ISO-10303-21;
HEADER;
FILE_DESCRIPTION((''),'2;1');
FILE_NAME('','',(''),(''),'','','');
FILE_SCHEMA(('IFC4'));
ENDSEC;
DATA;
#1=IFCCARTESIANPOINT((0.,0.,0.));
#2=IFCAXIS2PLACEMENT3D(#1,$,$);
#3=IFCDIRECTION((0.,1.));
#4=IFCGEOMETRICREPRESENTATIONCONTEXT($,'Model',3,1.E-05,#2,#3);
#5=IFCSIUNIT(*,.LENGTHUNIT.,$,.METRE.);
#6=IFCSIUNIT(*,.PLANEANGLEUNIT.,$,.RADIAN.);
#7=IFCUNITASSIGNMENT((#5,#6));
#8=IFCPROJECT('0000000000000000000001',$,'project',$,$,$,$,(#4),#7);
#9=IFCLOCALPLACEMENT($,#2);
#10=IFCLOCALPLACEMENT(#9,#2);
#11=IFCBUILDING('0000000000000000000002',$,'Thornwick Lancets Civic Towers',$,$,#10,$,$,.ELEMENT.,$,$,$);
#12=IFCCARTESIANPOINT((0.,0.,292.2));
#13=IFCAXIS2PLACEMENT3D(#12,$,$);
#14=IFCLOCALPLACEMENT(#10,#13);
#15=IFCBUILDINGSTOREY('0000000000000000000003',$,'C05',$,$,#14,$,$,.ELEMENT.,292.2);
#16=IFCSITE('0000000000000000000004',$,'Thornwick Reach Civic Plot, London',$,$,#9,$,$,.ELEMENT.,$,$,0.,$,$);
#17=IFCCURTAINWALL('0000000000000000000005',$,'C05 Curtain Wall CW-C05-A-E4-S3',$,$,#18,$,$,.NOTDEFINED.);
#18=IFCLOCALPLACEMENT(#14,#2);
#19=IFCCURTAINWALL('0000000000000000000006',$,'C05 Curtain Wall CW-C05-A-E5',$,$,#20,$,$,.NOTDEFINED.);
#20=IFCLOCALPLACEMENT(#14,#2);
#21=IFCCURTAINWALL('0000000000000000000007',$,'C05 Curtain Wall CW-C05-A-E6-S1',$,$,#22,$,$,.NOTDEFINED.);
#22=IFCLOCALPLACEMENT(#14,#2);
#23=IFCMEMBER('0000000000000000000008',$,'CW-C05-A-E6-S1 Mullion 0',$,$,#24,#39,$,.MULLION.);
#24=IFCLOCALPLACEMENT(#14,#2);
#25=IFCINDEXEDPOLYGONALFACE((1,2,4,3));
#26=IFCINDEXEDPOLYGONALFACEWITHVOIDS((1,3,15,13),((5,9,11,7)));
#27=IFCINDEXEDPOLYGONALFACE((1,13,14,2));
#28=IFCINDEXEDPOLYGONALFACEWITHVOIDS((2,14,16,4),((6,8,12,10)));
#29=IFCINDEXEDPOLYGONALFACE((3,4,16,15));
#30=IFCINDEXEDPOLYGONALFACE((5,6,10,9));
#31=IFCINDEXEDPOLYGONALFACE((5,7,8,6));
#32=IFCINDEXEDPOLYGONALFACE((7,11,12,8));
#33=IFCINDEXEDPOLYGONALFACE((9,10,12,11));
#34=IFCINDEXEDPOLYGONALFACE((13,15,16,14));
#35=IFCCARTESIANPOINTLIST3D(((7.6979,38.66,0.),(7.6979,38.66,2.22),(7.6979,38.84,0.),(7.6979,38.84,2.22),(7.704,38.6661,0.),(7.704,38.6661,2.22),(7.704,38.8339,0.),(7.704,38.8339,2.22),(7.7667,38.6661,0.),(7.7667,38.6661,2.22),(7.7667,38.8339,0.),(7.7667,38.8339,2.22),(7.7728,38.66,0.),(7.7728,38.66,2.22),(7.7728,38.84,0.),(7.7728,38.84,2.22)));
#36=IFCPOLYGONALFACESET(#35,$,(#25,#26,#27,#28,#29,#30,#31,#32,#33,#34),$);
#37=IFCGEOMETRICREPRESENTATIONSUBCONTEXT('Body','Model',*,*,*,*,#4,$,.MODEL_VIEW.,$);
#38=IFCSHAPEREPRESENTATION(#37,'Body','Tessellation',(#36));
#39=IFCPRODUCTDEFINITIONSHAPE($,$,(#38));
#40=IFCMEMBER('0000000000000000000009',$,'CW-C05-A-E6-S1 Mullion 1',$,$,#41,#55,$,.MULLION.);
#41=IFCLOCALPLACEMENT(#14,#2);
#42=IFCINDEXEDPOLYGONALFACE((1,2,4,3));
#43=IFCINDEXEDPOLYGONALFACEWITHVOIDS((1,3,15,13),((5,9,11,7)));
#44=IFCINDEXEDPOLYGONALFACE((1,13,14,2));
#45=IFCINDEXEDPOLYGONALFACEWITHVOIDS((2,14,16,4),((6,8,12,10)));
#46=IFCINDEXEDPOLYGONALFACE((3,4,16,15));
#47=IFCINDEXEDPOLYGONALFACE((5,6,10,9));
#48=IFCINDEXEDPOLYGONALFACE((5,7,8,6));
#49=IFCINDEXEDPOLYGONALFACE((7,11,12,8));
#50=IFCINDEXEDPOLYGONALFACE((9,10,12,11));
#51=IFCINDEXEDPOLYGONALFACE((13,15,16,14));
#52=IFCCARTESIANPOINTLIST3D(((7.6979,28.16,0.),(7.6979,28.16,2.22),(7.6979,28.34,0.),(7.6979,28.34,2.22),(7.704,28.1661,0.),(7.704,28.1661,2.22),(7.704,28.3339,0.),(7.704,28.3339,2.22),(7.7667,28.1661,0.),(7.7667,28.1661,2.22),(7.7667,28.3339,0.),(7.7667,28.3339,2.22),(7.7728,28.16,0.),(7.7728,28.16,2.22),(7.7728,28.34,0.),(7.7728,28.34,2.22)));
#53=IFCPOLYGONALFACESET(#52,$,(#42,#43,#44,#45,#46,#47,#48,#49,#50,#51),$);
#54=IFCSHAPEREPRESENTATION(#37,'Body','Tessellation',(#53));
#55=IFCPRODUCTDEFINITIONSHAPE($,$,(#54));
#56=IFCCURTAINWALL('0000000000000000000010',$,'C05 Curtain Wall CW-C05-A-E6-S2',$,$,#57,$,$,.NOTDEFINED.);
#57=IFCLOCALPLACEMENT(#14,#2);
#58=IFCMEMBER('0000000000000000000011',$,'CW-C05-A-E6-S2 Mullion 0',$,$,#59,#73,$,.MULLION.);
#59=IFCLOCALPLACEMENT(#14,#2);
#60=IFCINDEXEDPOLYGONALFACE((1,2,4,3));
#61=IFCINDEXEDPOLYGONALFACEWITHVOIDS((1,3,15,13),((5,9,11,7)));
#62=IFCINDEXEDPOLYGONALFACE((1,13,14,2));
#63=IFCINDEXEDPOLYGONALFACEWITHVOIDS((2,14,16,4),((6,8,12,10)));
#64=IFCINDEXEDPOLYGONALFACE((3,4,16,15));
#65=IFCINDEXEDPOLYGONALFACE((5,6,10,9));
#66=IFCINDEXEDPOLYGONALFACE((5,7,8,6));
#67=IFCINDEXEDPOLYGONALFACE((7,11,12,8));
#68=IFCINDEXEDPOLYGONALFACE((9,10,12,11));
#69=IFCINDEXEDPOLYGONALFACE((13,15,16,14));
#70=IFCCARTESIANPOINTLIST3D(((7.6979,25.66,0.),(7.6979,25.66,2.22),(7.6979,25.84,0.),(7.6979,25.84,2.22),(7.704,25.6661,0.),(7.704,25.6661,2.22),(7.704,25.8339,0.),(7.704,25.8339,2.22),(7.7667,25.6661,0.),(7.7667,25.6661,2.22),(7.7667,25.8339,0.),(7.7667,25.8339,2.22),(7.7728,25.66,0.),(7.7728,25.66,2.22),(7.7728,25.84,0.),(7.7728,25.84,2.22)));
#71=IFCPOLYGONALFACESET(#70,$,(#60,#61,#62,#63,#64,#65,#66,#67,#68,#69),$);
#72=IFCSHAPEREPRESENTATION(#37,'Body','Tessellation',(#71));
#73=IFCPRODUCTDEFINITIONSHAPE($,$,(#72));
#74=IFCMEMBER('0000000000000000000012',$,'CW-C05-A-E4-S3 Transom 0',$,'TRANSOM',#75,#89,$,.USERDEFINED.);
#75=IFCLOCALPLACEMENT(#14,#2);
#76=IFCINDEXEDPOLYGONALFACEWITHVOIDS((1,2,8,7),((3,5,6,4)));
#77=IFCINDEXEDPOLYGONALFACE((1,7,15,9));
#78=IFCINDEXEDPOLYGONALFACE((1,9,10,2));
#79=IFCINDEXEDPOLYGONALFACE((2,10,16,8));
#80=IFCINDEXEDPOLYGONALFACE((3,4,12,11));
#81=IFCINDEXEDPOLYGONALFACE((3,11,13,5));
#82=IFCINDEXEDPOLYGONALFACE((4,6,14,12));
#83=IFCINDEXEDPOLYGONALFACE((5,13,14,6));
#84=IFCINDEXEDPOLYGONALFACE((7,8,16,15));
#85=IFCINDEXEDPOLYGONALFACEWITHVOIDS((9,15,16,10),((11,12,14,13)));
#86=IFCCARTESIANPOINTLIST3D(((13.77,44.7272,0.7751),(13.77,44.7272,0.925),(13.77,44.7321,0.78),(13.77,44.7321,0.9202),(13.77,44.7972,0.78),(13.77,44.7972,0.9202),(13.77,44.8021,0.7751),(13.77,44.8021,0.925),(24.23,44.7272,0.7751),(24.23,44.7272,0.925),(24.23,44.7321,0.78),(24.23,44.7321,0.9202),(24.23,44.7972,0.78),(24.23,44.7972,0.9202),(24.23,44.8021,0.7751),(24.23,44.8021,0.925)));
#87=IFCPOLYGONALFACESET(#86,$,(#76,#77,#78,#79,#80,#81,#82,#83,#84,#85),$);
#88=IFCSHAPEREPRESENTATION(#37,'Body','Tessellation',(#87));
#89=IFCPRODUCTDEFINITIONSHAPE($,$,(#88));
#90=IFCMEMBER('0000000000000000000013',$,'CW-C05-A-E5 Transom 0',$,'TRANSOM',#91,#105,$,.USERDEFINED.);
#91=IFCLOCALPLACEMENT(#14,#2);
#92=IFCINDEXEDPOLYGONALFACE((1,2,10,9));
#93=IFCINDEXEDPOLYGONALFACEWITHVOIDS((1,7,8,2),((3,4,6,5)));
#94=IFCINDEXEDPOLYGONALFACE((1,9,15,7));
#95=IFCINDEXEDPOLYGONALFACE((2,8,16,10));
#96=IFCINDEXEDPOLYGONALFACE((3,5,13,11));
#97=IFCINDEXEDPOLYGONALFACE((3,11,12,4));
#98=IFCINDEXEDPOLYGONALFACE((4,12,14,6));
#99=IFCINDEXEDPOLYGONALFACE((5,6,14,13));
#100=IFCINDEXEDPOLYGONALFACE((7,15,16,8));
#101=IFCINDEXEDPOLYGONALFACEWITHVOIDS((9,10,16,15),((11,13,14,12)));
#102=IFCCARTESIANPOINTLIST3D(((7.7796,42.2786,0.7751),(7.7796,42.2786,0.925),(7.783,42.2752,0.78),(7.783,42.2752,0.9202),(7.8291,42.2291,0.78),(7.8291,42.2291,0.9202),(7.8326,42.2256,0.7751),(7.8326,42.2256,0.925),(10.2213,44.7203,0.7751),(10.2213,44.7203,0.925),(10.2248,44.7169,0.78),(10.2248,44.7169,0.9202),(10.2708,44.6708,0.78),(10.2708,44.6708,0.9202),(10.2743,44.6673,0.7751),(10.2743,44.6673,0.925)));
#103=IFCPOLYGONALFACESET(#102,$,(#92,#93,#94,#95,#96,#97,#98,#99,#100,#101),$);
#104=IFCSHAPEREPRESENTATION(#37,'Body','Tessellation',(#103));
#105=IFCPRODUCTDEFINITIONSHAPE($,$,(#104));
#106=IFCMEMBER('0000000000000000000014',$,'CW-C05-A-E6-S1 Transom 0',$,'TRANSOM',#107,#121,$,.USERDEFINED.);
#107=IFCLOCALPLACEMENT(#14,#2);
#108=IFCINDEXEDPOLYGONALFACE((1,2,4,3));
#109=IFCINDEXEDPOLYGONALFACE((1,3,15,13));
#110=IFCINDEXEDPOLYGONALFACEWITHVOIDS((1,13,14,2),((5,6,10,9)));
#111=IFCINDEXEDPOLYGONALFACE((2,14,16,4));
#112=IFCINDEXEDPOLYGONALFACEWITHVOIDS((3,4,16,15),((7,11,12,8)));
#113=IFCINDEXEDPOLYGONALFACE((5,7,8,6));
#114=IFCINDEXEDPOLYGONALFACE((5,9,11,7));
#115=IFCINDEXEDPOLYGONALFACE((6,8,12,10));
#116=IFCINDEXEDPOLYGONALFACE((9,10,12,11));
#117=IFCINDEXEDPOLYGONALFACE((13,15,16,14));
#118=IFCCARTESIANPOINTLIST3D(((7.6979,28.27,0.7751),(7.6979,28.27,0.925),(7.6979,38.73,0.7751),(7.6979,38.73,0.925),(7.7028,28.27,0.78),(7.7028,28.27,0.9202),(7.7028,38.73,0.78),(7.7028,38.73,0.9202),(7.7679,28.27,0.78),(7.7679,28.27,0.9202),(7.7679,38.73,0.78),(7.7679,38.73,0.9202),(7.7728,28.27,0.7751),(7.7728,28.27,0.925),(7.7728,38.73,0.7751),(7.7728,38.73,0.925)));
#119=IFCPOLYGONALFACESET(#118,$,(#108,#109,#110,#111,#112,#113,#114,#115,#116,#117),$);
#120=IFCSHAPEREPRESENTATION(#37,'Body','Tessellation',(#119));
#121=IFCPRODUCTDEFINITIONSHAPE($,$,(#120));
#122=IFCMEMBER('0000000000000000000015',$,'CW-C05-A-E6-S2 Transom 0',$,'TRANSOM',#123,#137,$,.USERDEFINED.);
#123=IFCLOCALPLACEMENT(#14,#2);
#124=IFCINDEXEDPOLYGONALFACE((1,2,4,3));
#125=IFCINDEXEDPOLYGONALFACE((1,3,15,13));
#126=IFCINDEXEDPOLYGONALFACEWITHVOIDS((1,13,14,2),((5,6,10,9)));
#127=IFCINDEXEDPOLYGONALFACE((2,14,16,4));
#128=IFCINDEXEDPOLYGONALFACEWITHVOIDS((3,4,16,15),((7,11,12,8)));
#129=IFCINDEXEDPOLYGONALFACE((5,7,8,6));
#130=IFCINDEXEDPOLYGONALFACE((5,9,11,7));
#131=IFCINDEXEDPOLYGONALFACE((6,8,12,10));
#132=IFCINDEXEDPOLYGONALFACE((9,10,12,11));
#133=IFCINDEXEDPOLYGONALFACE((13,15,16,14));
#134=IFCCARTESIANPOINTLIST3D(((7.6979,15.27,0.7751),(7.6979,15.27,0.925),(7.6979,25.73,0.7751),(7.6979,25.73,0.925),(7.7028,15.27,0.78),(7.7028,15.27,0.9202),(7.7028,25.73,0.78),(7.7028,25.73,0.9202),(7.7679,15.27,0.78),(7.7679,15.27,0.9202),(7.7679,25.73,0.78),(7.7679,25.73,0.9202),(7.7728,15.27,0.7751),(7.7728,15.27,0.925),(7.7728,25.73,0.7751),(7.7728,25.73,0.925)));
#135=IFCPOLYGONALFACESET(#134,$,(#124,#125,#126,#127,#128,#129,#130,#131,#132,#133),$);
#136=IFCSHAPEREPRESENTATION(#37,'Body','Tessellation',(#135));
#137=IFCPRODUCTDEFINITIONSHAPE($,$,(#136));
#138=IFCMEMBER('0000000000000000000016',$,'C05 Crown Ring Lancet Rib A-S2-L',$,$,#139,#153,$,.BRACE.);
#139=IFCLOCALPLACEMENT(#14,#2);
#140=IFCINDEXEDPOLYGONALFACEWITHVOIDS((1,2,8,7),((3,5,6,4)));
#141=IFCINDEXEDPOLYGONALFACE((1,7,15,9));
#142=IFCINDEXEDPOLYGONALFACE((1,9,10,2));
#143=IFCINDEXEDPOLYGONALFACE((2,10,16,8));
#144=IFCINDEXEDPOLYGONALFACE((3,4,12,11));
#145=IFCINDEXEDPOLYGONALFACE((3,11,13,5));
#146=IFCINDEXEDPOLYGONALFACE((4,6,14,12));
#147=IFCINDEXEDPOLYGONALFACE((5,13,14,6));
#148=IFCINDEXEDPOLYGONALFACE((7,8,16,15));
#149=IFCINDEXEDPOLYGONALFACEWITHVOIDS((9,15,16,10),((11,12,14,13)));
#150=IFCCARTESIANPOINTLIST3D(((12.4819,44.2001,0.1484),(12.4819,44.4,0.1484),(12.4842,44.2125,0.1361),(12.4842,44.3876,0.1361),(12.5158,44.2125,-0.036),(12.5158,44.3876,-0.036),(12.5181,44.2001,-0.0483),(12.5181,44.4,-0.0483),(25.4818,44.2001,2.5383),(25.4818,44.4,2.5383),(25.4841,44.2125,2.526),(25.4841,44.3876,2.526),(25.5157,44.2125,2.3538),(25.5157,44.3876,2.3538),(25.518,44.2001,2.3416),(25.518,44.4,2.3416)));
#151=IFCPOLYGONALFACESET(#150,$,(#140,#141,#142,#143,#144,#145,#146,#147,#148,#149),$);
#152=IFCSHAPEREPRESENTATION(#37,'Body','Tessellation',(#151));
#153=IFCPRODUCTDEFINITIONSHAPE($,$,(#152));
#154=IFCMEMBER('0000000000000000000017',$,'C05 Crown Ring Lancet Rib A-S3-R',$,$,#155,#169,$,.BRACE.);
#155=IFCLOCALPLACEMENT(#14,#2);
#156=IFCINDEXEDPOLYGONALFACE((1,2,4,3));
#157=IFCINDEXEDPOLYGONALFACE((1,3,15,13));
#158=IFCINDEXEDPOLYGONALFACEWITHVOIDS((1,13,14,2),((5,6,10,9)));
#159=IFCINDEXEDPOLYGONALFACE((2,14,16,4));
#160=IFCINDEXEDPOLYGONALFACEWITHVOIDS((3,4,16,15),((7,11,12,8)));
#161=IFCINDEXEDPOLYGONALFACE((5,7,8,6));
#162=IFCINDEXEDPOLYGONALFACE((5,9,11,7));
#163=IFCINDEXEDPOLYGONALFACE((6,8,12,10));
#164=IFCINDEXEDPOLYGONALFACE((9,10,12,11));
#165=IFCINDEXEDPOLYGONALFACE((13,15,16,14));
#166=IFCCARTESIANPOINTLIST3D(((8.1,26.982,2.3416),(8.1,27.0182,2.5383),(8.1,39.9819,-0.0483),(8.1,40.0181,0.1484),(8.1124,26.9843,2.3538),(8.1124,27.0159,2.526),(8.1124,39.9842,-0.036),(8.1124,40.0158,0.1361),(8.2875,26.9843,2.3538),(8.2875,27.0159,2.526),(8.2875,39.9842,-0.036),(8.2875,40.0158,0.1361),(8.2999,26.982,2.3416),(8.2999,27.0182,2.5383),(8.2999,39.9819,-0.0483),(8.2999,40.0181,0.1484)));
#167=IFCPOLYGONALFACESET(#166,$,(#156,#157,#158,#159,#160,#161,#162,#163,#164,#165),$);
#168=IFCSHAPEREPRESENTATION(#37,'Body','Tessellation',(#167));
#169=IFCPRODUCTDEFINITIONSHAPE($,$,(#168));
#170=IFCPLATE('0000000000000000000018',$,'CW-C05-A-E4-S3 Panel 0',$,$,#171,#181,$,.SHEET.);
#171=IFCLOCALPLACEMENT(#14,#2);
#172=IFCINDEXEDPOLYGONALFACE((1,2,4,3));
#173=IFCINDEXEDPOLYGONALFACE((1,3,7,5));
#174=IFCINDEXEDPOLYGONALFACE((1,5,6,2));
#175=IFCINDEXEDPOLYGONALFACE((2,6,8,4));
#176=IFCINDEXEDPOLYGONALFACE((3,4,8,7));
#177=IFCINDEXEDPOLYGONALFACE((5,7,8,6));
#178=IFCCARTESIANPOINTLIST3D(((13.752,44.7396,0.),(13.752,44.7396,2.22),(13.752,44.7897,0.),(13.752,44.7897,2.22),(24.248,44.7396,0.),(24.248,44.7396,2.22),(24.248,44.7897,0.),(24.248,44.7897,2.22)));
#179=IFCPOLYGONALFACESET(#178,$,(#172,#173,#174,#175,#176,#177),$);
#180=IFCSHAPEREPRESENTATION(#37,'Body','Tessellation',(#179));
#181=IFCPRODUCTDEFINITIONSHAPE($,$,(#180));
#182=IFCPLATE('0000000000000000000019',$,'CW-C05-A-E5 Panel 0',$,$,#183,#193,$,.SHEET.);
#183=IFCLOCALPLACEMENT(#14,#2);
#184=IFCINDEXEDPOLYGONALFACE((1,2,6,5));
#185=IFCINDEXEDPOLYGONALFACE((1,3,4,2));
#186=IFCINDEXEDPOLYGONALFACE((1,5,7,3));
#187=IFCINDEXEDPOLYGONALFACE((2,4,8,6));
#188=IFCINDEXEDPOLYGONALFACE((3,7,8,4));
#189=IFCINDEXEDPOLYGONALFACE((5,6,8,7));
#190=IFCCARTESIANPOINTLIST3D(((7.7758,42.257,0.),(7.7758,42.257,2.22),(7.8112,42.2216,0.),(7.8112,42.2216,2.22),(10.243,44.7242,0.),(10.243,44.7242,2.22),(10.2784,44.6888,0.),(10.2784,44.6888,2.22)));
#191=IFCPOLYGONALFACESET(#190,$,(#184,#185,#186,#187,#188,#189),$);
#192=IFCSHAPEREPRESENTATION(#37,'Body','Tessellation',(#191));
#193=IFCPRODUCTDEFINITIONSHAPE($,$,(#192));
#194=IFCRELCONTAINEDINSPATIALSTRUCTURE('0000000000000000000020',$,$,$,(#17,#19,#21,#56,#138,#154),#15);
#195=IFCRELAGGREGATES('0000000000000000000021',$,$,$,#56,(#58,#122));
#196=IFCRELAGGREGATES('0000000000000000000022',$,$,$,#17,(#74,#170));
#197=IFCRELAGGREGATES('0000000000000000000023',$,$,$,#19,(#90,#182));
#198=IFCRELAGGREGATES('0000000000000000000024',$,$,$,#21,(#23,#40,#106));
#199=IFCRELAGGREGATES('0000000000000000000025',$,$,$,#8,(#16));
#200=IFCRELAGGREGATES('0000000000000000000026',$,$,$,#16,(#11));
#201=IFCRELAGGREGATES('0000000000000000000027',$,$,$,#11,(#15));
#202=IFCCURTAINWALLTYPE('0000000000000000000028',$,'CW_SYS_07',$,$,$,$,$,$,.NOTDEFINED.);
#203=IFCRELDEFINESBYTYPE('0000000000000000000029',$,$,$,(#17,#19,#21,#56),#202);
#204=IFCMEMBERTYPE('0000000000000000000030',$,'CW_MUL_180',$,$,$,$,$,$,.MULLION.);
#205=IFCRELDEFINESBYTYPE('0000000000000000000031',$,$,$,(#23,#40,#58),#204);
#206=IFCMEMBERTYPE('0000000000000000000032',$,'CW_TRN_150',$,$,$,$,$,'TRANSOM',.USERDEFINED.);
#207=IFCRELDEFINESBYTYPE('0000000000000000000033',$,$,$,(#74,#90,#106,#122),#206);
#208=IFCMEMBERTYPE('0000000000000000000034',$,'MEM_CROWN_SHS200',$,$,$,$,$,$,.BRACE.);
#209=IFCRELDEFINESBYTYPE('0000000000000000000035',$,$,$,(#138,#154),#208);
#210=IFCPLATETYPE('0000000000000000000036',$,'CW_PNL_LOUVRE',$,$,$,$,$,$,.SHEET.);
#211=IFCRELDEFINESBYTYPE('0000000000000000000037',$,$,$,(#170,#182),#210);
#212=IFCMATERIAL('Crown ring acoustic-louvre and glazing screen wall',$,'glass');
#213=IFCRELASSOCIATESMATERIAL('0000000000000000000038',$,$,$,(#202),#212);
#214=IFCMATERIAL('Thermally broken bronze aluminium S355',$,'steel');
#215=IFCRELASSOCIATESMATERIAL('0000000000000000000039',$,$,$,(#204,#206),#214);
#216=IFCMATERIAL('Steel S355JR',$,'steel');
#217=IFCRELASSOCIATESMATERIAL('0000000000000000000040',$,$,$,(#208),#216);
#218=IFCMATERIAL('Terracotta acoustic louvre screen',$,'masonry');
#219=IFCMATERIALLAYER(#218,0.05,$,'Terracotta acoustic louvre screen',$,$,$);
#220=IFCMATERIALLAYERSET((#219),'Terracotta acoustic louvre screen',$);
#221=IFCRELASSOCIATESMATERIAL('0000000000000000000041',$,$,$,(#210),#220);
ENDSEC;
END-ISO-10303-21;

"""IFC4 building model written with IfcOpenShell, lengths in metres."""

from ifc_helpers import new_model, si_unit, direction, frame, origin, origin_2d, place, context, subcontext, project, spatial, rectangle, hollow_rectangle, extrude, material, layer, layer_set, material_profile, profile_set, type_object, element, aggregate, save


model = new_model("IFC4")

# Units and contexts
model_context = context("Model", 3, precision=1e-05, world=origin(), true_north=direction((0.0, 1.0)))
body_context = subcontext(model_context, "Body", "Model", "MODEL_VIEW")
ifc_project = project(units=[si_unit("LENGTHUNIT", "METRE"), si_unit("PLANEANGLEUNIT", "RADIAN")], contexts=[model_context])

# Site, building, storey
site_placement = place(None, origin())
site = spatial("IfcSite", under=ifc_project, at=site_placement, Name="Thornwick Reach Civic Plot, London", CompositionType="ELEMENT", RefElevation=0.0)
building_placement = place(site_placement, origin())
building = spatial("IfcBuilding", under=site, at=building_placement, Name="Thornwick Lancets Civic Towers", CompositionType="ELEMENT")
storey_placement = place(building_placement, frame((0.0, 0.0, 292.2)))
storey = spatial("IfcBuildingStorey", under=building, at=storey_placement, Name="C05", CompositionType="ELEMENT", Elevation=292.2)

# Shared definitions
ifc_material_1 = material(Name="Steel S355JR", Category="steel")

# Curtain walls, members
ifc_material_2 = material(Name="Crown ring acoustic-louvre and glazing screen wall", Category="glass")
curtain_wall_type = type_object("IfcCurtainWallType", Name="CW_SYS_07", PredefinedType="NOTDEFINED", material=ifc_material_2)
curtain_wall_1_placement = place(storey_placement, origin())
curtain_wall_1 = element("IfcCurtainWall", 1, at=curtain_wall_1_placement, inside=storey, type_object=curtain_wall_type, Name="C05 Curtain Wall CW-C05-A-E4-S3", PredefinedType="NOTDEFINED")
ifc_material_3 = material(Name="Thermally broken bronze aluminium S355", Category="steel")
ifc_material_profile_1 = material_profile(ifc_material_3, hollow_rectangle(XDim=0.075, YDim=0.1799, WallThickness=0.0061, at=origin_2d()), Name="RHS 180x75x6")
ifc_profile_set_1 = profile_set([ifc_material_profile_1], Name="Thermally broken bronze aluminium S355")
member_type_1 = type_object("IfcMemberType", Name="CW_MUL_180", PredefinedType="MULLION", material=ifc_profile_set_1)
curtain_wall_2_placement = place(storey_placement, origin())
curtain_wall_2 = element("IfcCurtainWall", 2, at=curtain_wall_2_placement, inside=storey, type_object=curtain_wall_type, Name="C05 Curtain Wall CW-C05-A-E5", PredefinedType="NOTDEFINED")
curtain_wall_3_placement = place(storey_placement, origin())
curtain_wall_3 = element("IfcCurtainWall", 3, at=curtain_wall_3_placement, inside=storey, type_object=curtain_wall_type, Name="C05 Curtain Wall CW-C05-A-E6-S1", PredefinedType="NOTDEFINED")
member_1_placement = place(storey_placement, frame((7.7354, 38.75, 0.0), z_axis=(0.0, 0.0, 1.0), x_axis=(1.0, 0.0, 0.0)))
member_1 = element("IfcMember", 4, at=member_1_placement, type_object=member_type_1, Name="CW-C05-A-E6-S1 Mullion 0", PredefinedType="MULLION", context=body_context, shape_type="SweptSolid", body=[
    extrude(hollow_rectangle(XDim=0.075, YDim=0.1799, WallThickness=0.0061, at=origin_2d()), origin(), (0.0, 0.0, 1.0), 2.22),
])
member_2_placement = place(storey_placement, frame((7.7354, 28.25, 0.0), z_axis=(0.0, 0.0, 1.0), x_axis=(1.0, 0.0, 0.0)))
member_2 = element("IfcMember", 5, at=member_2_placement, type_object=member_type_1, Name="CW-C05-A-E6-S1 Mullion 1", PredefinedType="MULLION", context=body_context, shape_type="SweptSolid", body=[
    extrude(hollow_rectangle(XDim=0.075, YDim=0.1799, WallThickness=0.0061, at=origin_2d()), origin(), (0.0, 0.0, 1.0), 2.22),
])

# Curtain wall, member
curtain_wall_4_placement = place(storey_placement, origin())
curtain_wall_4 = element("IfcCurtainWall", 6, at=curtain_wall_4_placement, inside=storey, type_object=curtain_wall_type, Name="C05 Curtain Wall CW-C05-A-E6-S2", PredefinedType="NOTDEFINED")
member_3_placement = place(storey_placement, frame((7.7354, 25.75, 0.0), z_axis=(0.0, 0.0, 1.0), x_axis=(1.0, 0.0, 0.0)))
member_3 = element("IfcMember", 7, at=member_3_placement, type_object=member_type_1, Name="CW-C05-A-E6-S2 Mullion 0", PredefinedType="MULLION", context=body_context, shape_type="SweptSolid", body=[
    extrude(hollow_rectangle(XDim=0.075, YDim=0.1799, WallThickness=0.0061, at=origin_2d()), origin(), (0.0, 0.0, 1.0), 2.22),
])

# Members
ifc_material_profile_2 = material_profile(ifc_material_3, hollow_rectangle(XDim=0.075, YDim=0.1499, WallThickness=0.0049, at=origin_2d()), Name="RHS 150x75x5")
ifc_profile_set_2 = profile_set([ifc_material_profile_2], Name="Thermally broken bronze aluminium S355")
member_type_2 = type_object("IfcMemberType", Name="CW_TRN_150", ElementType="TRANSOM", PredefinedType="USERDEFINED", material=ifc_profile_set_2)
member_4_placement = place(storey_placement, frame((24.23, 44.7646, 0.8501), z_axis=(-1.0, 0.0, 0.0), x_axis=(0.0, -1.0, 0.0)))
member_4 = element("IfcMember", 8, at=member_4_placement, type_object=member_type_2, Name="CW-C05-A-E4-S3 Transom 0", ObjectType="TRANSOM", PredefinedType="USERDEFINED", context=body_context, shape_type="SweptSolid", body=[
    extrude(hollow_rectangle(XDim=0.075, YDim=0.1499, WallThickness=0.0049, at=origin_2d()), origin(), (0.0, 0.0, 1.0), 10.46),
])
member_5_placement = place(storey_placement, frame((10.2478, 44.6938, 0.8501), z_axis=(-0.707107, -0.707107, 0.0), x_axis=(0.707107, -0.707107, 0.0)))
member_5 = element("IfcMember", 9, at=member_5_placement, type_object=member_type_2, Name="CW-C05-A-E5 Transom 0", ObjectType="TRANSOM", PredefinedType="USERDEFINED", context=body_context, shape_type="SweptSolid", body=[
    extrude(hollow_rectangle(XDim=0.075, YDim=0.1499, WallThickness=0.0049, at=origin_2d()), origin(), (0.0, 0.0, 1.0), 3.4531),
])
member_6_placement = place(storey_placement, frame((7.7354, 38.73, 0.8501), z_axis=(0.0, -1.0, 0.0), x_axis=(1.0, 0.0, 0.0)))
member_6 = element("IfcMember", 10, at=member_6_placement, type_object=member_type_2, Name="CW-C05-A-E6-S1 Transom 0", ObjectType="TRANSOM", PredefinedType="USERDEFINED", context=body_context, shape_type="SweptSolid", body=[
    extrude(hollow_rectangle(XDim=0.075, YDim=0.1499, WallThickness=0.0049, at=origin_2d()), origin(), (0.0, 0.0, 1.0), 10.46),
])
member_7_placement = place(storey_placement, frame((7.7354, 25.73, 0.8501), z_axis=(0.0, -1.0, 0.0), x_axis=(1.0, 0.0, 0.0)))
member_7 = element("IfcMember", 11, at=member_7_placement, type_object=member_type_2, Name="CW-C05-A-E6-S2 Transom 0", ObjectType="TRANSOM", PredefinedType="USERDEFINED", context=body_context, shape_type="SweptSolid", body=[
    extrude(hollow_rectangle(XDim=0.075, YDim=0.1499, WallThickness=0.0049, at=origin_2d()), origin(), (0.0, 0.0, 1.0), 10.46),
])
aggregate(curtain_wall_4, [member_3, member_7])

# Members
ifc_material_profile_3 = material_profile(ifc_material_1, hollow_rectangle(XDim=0.2, YDim=0.2, WallThickness=0.0125, at=origin_2d()), Name="SHS 200x200x12.5")
ifc_profile_set_3 = profile_set([ifc_material_profile_3], Name="Steel S355JR")
member_type_3 = type_object("IfcMemberType", Name="MEM_CROWN_SHS200", PredefinedType="BRACE", material=ifc_profile_set_3)
for number, where, z_axis, x_axis, name in (
    (12, (12.5, 44.3, 0.05), (0.983518, 0.0, 0.180808), (0.0, 1.0, 0.0), "C05 Crown Ring Lancet Rib A-S2-L"),
    (13, (8.2, 40.0, 0.05), (0.0, -0.983518, 0.180808), (1.0, 0.0, 0.0), "C05 Crown Ring Lancet Rib A-S3-R"),
):
    element("IfcMember", number, at=place(storey_placement, frame(where, z_axis=z_axis, x_axis=x_axis)), inside=storey, type_object=member_type_3, Name=name, PredefinedType="BRACE", context=body_context, shape_type="SweptSolid", body=[
        extrude(hollow_rectangle(XDim=0.2, YDim=0.2, WallThickness=0.0125, at=origin_2d()), origin(), (0.0, 0.0, 1.0), 13.2178),
    ])

# Plates
ifc_material_4 = material(Name="Terracotta acoustic louvre screen", Category="masonry")
ifc_layer_1 = layer(ifc_material_4, 0.05, Name="Terracotta acoustic louvre screen")
ifc_layer_set_1 = layer_set([ifc_layer_1], Name="Terracotta acoustic louvre screen")
plate_type_1 = type_object("IfcPlateType", Name="CW_PNL_LOUVRE", PredefinedType="SHEET", material=ifc_layer_set_1)
plate_1_placement = place(storey_placement, frame((19.0, 44.7646, 0.0), z_axis=(0.0, 0.0, 1.0), x_axis=(-1.0, 0.0, 0.0)))
plate_1 = element("IfcPlate", 14, at=plate_1_placement, type_object=plate_type_1, Name="CW-C05-A-E4-S3 Panel 0", PredefinedType="SHEET", context=body_context, shape_type="SweptSolid", body=[
    extrude(rectangle(XDim=10.4961, YDim=0.05, at=origin_2d()), origin(), (0.0, 0.0, 1.0), 2.22),
])
aggregate(curtain_wall_1, [member_4, plate_1])
plate_2_placement = place(storey_placement, frame((9.0271, 43.4729, 0.0), z_axis=(0.0, 0.0, 1.0), x_axis=(-0.707107, -0.707107, 0.0)))
plate_2 = element("IfcPlate", 15, at=plate_2_placement, type_object=plate_type_1, Name="CW-C05-A-E5 Panel 0", PredefinedType="SHEET", context=body_context, shape_type="SweptSolid", body=[
    extrude(rectangle(XDim=3.4893, YDim=0.05, at=origin_2d()), origin(), (0.0, 0.0, 1.0), 2.22),
])
aggregate(curtain_wall_2, [member_5, plate_2])
aggregate(curtain_wall_3, [member_1, member_2, member_6])

save(model, "model.ifc")
